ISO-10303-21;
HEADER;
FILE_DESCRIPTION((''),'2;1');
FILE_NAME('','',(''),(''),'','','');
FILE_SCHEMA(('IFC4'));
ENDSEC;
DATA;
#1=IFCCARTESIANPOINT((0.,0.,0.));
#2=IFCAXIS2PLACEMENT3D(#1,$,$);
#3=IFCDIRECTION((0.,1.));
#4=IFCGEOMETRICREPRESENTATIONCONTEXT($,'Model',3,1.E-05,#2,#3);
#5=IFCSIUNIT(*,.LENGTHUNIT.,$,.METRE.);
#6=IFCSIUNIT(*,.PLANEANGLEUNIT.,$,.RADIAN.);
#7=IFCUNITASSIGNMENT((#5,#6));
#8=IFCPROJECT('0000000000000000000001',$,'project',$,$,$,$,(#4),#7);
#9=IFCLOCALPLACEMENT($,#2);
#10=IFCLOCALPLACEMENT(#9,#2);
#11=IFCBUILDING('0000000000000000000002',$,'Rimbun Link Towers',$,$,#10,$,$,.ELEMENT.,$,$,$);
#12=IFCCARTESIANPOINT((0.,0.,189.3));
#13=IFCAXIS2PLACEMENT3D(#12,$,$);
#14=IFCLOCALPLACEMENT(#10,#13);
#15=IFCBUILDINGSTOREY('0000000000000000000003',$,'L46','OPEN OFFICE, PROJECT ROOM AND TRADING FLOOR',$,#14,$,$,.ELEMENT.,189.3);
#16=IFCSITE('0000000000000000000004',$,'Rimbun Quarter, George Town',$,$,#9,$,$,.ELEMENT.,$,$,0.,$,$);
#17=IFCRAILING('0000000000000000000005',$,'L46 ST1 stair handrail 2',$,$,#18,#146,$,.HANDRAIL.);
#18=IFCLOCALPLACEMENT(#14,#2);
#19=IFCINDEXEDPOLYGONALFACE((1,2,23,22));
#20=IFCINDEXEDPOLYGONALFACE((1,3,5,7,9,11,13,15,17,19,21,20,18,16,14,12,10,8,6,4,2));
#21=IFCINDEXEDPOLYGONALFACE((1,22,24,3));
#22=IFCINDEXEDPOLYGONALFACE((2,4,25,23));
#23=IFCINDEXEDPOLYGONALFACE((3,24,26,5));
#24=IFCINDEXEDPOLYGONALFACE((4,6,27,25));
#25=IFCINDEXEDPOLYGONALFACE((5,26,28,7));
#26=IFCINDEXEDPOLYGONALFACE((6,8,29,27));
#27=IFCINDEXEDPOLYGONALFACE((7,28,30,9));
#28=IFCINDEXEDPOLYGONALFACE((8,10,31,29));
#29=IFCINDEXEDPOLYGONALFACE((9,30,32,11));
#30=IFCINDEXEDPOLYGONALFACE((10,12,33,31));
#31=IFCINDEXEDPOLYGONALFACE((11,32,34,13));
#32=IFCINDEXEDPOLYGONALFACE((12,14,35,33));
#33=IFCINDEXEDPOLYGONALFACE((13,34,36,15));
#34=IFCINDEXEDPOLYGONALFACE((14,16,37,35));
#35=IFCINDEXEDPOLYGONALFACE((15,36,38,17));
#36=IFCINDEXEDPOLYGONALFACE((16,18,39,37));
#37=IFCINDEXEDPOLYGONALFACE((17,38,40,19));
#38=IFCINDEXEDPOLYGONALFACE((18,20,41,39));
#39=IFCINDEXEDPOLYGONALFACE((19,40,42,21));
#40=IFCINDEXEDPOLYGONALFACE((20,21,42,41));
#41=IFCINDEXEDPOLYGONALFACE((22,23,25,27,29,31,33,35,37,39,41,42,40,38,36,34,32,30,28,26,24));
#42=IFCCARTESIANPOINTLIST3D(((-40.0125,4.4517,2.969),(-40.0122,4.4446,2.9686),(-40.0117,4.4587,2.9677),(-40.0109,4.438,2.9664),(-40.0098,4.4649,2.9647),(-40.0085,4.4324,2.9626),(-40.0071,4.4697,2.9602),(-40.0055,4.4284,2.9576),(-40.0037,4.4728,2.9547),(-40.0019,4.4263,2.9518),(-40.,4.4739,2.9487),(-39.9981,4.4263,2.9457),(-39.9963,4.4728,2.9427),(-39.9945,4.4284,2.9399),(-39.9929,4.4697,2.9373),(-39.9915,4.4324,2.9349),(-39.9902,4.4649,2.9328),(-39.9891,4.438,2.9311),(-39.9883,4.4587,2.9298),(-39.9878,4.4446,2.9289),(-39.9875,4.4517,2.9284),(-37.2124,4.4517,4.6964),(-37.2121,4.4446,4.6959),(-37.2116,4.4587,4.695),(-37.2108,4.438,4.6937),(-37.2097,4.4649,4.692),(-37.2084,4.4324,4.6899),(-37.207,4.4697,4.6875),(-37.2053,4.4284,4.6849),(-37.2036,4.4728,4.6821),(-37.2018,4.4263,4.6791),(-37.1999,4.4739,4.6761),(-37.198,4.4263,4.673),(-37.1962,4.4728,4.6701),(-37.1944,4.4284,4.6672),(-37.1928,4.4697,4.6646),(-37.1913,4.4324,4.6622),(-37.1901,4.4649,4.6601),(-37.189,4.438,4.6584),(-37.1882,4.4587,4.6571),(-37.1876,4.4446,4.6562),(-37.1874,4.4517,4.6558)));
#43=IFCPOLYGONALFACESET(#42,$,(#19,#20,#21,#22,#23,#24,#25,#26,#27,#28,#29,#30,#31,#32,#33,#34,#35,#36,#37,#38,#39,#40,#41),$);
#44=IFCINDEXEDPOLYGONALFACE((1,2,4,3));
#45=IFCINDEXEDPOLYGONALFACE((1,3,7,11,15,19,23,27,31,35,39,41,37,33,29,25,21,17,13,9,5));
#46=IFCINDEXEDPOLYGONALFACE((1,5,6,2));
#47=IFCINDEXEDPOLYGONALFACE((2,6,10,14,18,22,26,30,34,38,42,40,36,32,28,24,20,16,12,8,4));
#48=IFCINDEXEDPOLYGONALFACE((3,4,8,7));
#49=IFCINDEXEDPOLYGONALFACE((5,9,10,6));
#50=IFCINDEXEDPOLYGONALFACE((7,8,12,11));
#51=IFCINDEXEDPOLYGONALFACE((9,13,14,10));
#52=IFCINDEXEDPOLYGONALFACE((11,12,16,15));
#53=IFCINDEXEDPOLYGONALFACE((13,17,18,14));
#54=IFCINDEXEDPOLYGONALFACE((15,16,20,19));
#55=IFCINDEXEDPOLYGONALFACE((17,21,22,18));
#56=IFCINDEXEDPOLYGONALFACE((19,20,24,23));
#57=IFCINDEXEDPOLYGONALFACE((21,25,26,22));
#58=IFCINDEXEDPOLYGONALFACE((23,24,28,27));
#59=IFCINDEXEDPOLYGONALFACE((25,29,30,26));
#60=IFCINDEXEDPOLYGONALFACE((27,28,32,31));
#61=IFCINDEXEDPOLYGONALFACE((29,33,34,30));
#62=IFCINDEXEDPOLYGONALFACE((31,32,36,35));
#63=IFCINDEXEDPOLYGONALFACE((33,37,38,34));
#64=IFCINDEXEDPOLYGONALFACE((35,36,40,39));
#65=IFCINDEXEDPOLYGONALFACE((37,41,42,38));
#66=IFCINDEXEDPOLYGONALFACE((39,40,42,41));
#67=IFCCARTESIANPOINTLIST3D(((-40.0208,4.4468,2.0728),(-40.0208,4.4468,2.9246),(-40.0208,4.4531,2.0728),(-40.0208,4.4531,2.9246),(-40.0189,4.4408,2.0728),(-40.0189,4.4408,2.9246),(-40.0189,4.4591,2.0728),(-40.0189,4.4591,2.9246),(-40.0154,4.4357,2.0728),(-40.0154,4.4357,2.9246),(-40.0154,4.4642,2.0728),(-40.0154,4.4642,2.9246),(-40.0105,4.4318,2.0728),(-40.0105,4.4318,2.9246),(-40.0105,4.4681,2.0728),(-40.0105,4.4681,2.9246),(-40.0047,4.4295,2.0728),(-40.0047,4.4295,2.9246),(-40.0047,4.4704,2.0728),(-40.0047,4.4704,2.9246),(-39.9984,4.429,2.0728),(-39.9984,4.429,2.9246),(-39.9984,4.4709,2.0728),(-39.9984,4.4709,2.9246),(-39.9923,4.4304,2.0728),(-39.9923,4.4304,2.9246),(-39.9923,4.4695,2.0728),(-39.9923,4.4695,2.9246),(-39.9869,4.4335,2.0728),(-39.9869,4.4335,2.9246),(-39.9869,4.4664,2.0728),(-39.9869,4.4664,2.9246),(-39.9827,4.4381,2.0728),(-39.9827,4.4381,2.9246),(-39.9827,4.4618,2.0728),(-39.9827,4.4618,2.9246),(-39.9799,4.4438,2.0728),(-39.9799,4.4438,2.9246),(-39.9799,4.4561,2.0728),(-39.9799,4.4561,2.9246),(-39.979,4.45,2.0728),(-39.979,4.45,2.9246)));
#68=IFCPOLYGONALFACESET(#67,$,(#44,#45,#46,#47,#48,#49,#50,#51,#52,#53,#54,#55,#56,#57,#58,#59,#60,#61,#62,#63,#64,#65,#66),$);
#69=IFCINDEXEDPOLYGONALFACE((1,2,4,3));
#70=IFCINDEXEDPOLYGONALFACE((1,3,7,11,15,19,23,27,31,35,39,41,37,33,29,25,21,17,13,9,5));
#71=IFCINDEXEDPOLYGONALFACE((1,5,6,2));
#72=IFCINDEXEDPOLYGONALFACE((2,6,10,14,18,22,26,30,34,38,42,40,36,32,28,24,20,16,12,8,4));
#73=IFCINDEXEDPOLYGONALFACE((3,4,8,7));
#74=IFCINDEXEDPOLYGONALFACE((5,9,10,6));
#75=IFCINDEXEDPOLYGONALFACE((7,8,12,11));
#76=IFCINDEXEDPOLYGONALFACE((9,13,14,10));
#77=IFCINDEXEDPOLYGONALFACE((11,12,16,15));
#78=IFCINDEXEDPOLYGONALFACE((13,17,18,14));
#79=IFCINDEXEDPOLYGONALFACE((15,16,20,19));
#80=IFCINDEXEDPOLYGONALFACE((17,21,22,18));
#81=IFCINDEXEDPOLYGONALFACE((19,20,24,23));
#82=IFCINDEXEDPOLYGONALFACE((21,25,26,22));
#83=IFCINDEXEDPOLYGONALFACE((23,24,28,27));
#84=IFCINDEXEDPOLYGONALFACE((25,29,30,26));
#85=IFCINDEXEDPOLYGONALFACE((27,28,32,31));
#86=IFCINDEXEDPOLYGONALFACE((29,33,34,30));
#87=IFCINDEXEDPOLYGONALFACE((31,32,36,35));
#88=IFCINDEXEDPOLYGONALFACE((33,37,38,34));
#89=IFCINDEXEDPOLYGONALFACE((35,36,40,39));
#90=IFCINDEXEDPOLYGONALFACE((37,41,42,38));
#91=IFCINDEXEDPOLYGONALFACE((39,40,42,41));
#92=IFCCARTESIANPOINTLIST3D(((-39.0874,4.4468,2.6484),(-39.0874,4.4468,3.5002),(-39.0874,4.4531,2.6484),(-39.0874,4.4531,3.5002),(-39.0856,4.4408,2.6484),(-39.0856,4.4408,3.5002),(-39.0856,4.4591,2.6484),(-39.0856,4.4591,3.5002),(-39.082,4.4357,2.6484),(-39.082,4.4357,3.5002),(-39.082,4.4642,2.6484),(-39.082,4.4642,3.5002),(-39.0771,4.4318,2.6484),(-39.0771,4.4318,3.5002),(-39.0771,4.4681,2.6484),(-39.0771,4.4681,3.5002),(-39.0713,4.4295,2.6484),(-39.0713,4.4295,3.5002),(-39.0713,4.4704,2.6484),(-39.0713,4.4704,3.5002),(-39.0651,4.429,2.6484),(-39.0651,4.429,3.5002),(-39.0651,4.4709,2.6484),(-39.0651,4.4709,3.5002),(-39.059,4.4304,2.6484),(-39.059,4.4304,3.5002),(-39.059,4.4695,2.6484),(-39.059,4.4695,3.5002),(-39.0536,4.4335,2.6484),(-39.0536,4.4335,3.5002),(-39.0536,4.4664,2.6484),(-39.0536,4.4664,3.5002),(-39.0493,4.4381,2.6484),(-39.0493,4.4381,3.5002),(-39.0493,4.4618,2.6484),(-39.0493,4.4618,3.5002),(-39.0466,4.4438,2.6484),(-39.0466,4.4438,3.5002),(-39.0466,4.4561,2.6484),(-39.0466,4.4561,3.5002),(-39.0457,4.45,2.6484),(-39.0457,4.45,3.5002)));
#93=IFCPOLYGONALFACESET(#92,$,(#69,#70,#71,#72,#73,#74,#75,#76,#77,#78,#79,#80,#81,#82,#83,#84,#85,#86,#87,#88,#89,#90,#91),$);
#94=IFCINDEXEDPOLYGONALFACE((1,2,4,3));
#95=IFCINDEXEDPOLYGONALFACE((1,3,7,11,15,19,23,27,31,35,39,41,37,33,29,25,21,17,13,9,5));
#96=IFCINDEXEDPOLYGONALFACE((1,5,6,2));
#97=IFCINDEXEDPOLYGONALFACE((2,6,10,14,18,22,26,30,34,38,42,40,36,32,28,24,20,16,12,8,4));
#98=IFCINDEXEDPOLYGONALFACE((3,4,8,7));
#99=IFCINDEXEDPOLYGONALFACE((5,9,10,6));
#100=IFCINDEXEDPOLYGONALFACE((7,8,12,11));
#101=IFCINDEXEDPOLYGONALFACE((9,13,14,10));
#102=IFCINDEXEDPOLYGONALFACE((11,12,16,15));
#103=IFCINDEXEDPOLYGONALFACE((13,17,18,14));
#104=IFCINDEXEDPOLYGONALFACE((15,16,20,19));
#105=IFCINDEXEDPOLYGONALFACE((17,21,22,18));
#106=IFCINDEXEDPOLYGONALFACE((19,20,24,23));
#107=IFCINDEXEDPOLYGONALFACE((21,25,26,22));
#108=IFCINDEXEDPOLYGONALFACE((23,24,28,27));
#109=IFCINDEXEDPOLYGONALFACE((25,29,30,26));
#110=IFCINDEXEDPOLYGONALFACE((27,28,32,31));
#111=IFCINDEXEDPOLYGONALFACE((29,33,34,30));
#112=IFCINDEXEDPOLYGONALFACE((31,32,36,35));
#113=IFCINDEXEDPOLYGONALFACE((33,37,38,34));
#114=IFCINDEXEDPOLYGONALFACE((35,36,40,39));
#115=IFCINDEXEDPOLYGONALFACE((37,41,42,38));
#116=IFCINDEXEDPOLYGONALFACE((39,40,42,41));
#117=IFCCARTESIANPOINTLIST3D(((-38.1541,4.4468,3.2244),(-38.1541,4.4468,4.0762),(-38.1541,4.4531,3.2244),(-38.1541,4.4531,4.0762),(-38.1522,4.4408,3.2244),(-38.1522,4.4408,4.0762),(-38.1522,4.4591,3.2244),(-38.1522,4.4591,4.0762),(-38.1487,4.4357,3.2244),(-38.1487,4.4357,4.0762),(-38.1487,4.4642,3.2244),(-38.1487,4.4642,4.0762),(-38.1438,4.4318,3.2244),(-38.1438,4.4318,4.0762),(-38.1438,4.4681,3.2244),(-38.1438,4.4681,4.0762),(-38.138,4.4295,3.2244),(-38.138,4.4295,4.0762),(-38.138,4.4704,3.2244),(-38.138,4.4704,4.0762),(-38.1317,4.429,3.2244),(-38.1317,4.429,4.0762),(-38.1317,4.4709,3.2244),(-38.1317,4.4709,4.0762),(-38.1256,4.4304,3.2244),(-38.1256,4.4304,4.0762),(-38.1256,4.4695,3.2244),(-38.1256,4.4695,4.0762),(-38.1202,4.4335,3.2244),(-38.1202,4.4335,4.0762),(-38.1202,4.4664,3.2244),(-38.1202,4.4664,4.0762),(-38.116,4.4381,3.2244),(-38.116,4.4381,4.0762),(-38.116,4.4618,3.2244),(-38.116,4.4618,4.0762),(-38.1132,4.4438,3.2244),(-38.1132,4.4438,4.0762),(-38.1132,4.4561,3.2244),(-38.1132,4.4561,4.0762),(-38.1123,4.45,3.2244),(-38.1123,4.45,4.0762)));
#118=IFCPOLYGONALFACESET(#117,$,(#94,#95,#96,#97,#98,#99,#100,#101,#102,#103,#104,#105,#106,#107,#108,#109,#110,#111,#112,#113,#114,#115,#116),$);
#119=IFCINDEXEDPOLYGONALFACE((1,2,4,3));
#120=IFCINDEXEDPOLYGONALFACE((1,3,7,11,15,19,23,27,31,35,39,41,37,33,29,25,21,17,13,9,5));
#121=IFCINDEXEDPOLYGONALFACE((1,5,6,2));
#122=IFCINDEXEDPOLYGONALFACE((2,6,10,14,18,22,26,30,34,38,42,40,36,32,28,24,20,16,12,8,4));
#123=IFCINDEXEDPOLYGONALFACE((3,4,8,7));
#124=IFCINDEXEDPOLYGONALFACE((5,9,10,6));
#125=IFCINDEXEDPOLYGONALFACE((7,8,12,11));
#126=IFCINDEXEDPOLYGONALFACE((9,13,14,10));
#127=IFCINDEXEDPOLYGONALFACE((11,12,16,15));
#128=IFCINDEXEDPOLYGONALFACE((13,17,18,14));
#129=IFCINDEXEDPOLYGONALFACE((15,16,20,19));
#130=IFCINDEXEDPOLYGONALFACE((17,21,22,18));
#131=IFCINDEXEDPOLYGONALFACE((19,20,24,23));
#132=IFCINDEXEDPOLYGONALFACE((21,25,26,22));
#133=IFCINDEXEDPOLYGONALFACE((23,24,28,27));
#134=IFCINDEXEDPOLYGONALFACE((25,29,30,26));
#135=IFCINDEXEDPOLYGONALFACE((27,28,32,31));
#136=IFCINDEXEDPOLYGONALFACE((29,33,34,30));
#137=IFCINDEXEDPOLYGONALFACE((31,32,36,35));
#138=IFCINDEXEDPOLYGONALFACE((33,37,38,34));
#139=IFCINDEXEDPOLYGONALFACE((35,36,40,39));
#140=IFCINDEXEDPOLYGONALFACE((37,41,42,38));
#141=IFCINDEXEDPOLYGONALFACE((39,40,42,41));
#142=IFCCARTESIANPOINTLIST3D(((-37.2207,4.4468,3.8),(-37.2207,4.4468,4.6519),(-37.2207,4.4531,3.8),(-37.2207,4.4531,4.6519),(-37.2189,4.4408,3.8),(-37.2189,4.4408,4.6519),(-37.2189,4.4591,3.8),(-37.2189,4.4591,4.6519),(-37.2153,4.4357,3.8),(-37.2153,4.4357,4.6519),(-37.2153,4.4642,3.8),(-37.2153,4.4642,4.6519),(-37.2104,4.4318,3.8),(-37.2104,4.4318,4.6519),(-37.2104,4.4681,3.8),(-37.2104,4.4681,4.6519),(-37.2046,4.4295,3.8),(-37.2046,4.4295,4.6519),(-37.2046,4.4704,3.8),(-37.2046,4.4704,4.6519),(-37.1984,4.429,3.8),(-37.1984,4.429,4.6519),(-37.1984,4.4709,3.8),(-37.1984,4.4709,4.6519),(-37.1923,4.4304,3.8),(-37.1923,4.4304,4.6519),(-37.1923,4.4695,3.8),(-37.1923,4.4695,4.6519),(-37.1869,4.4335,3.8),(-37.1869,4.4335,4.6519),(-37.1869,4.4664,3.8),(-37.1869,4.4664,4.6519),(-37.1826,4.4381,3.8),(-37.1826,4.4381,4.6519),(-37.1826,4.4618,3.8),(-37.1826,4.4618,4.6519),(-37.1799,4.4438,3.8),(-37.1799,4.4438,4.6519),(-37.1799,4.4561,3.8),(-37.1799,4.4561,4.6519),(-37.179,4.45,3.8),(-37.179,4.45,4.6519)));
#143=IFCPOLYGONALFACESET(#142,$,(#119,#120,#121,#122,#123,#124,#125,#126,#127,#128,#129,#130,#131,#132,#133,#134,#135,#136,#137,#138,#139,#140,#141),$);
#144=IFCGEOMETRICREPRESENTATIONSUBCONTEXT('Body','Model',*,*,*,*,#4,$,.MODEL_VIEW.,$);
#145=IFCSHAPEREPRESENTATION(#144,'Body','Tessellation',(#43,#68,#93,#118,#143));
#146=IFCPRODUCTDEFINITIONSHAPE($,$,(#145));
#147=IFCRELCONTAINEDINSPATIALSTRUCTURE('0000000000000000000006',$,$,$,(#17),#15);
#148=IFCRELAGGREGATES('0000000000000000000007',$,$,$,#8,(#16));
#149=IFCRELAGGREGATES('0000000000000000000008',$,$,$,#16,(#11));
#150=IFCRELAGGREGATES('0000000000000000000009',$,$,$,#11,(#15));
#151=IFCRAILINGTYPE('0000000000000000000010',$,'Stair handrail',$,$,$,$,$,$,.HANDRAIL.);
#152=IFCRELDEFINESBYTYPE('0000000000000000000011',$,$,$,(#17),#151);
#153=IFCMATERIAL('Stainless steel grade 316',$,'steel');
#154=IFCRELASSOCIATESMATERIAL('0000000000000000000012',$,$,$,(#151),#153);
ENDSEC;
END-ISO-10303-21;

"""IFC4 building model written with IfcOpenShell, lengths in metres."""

from ifc_helpers import new_model, si_unit, direction, frame, origin, origin_2d, place, context, subcontext, project, spatial, circle, extrude, material, type_object, element, save


model = new_model("IFC4")

# Units and contexts
model_context = context("Model", 3, precision=1e-05, world=origin(), true_north=direction((0.0, 1.0)))
body_context = subcontext(model_context, "Body", "Model", "MODEL_VIEW")
ifc_project = project(units=[si_unit("LENGTHUNIT", "METRE"), si_unit("PLANEANGLEUNIT", "RADIAN")], contexts=[model_context])

# Site, building, storey
site_placement = place(None, origin())
site = spatial("IfcSite", under=ifc_project, at=site_placement, Name="Rimbun Quarter, George Town", CompositionType="ELEMENT", RefElevation=0.0)
building_placement = place(site_placement, origin())
building = spatial("IfcBuilding", under=site, at=building_placement, Name="Rimbun Link Towers", CompositionType="ELEMENT")
storey_placement = place(building_placement, frame((0.0, 0.0, 189.3)))
storey = spatial("IfcBuildingStorey", under=building, at=storey_placement, Name="L46", Description="OPEN OFFICE, PROJECT ROOM AND TRADING FLOOR", CompositionType="ELEMENT", Elevation=189.3)

# Railing
ifc_material_1 = material(Name="Stainless steel grade 316", Category="steel")
railing_type_1 = type_object("IfcRailingType", Name="Stair handrail", PredefinedType="HANDRAIL", material=ifc_material_1)
railing_1_placement = place(storey_placement, frame((-40.0, 4.45, 2.0728)))
element("IfcRailing", 1, at=railing_1_placement, inside=storey, type_object=railing_type_1, Name="L46 ST1 stair handrail 2", PredefinedType="HANDRAIL", context=body_context, shape_type="SweptSolid", body=[
    extrude(circle(Radius=0.0239, at=origin_2d()), frame((0.0, 0.0, 0.876), z_axis=(0.85109, 0.0, 0.52502), x_axis=(0.0, 1.0, 0.0)), (0.0, 0.0, 1.0), 3.29),
    extrude(circle(Radius=0.021, at=origin_2d()), origin(), (0.0, 0.0, 1.0), 0.8518),
    extrude(circle(Radius=0.021, at=origin_2d()), frame((0.9333, 0.0, 0.5757)), (0.0, 0.0, 1.0), 0.8518),
    extrude(circle(Radius=0.021, at=origin_2d()), frame((1.8667, 0.0, 1.1516)), (0.0, 0.0, 1.0), 0.8518),
    extrude(circle(Radius=0.021, at=origin_2d()), frame((2.8, 0.0, 1.7273)), (0.0, 0.0, 1.0), 0.8518),
])

save(model, "model.ifc")
